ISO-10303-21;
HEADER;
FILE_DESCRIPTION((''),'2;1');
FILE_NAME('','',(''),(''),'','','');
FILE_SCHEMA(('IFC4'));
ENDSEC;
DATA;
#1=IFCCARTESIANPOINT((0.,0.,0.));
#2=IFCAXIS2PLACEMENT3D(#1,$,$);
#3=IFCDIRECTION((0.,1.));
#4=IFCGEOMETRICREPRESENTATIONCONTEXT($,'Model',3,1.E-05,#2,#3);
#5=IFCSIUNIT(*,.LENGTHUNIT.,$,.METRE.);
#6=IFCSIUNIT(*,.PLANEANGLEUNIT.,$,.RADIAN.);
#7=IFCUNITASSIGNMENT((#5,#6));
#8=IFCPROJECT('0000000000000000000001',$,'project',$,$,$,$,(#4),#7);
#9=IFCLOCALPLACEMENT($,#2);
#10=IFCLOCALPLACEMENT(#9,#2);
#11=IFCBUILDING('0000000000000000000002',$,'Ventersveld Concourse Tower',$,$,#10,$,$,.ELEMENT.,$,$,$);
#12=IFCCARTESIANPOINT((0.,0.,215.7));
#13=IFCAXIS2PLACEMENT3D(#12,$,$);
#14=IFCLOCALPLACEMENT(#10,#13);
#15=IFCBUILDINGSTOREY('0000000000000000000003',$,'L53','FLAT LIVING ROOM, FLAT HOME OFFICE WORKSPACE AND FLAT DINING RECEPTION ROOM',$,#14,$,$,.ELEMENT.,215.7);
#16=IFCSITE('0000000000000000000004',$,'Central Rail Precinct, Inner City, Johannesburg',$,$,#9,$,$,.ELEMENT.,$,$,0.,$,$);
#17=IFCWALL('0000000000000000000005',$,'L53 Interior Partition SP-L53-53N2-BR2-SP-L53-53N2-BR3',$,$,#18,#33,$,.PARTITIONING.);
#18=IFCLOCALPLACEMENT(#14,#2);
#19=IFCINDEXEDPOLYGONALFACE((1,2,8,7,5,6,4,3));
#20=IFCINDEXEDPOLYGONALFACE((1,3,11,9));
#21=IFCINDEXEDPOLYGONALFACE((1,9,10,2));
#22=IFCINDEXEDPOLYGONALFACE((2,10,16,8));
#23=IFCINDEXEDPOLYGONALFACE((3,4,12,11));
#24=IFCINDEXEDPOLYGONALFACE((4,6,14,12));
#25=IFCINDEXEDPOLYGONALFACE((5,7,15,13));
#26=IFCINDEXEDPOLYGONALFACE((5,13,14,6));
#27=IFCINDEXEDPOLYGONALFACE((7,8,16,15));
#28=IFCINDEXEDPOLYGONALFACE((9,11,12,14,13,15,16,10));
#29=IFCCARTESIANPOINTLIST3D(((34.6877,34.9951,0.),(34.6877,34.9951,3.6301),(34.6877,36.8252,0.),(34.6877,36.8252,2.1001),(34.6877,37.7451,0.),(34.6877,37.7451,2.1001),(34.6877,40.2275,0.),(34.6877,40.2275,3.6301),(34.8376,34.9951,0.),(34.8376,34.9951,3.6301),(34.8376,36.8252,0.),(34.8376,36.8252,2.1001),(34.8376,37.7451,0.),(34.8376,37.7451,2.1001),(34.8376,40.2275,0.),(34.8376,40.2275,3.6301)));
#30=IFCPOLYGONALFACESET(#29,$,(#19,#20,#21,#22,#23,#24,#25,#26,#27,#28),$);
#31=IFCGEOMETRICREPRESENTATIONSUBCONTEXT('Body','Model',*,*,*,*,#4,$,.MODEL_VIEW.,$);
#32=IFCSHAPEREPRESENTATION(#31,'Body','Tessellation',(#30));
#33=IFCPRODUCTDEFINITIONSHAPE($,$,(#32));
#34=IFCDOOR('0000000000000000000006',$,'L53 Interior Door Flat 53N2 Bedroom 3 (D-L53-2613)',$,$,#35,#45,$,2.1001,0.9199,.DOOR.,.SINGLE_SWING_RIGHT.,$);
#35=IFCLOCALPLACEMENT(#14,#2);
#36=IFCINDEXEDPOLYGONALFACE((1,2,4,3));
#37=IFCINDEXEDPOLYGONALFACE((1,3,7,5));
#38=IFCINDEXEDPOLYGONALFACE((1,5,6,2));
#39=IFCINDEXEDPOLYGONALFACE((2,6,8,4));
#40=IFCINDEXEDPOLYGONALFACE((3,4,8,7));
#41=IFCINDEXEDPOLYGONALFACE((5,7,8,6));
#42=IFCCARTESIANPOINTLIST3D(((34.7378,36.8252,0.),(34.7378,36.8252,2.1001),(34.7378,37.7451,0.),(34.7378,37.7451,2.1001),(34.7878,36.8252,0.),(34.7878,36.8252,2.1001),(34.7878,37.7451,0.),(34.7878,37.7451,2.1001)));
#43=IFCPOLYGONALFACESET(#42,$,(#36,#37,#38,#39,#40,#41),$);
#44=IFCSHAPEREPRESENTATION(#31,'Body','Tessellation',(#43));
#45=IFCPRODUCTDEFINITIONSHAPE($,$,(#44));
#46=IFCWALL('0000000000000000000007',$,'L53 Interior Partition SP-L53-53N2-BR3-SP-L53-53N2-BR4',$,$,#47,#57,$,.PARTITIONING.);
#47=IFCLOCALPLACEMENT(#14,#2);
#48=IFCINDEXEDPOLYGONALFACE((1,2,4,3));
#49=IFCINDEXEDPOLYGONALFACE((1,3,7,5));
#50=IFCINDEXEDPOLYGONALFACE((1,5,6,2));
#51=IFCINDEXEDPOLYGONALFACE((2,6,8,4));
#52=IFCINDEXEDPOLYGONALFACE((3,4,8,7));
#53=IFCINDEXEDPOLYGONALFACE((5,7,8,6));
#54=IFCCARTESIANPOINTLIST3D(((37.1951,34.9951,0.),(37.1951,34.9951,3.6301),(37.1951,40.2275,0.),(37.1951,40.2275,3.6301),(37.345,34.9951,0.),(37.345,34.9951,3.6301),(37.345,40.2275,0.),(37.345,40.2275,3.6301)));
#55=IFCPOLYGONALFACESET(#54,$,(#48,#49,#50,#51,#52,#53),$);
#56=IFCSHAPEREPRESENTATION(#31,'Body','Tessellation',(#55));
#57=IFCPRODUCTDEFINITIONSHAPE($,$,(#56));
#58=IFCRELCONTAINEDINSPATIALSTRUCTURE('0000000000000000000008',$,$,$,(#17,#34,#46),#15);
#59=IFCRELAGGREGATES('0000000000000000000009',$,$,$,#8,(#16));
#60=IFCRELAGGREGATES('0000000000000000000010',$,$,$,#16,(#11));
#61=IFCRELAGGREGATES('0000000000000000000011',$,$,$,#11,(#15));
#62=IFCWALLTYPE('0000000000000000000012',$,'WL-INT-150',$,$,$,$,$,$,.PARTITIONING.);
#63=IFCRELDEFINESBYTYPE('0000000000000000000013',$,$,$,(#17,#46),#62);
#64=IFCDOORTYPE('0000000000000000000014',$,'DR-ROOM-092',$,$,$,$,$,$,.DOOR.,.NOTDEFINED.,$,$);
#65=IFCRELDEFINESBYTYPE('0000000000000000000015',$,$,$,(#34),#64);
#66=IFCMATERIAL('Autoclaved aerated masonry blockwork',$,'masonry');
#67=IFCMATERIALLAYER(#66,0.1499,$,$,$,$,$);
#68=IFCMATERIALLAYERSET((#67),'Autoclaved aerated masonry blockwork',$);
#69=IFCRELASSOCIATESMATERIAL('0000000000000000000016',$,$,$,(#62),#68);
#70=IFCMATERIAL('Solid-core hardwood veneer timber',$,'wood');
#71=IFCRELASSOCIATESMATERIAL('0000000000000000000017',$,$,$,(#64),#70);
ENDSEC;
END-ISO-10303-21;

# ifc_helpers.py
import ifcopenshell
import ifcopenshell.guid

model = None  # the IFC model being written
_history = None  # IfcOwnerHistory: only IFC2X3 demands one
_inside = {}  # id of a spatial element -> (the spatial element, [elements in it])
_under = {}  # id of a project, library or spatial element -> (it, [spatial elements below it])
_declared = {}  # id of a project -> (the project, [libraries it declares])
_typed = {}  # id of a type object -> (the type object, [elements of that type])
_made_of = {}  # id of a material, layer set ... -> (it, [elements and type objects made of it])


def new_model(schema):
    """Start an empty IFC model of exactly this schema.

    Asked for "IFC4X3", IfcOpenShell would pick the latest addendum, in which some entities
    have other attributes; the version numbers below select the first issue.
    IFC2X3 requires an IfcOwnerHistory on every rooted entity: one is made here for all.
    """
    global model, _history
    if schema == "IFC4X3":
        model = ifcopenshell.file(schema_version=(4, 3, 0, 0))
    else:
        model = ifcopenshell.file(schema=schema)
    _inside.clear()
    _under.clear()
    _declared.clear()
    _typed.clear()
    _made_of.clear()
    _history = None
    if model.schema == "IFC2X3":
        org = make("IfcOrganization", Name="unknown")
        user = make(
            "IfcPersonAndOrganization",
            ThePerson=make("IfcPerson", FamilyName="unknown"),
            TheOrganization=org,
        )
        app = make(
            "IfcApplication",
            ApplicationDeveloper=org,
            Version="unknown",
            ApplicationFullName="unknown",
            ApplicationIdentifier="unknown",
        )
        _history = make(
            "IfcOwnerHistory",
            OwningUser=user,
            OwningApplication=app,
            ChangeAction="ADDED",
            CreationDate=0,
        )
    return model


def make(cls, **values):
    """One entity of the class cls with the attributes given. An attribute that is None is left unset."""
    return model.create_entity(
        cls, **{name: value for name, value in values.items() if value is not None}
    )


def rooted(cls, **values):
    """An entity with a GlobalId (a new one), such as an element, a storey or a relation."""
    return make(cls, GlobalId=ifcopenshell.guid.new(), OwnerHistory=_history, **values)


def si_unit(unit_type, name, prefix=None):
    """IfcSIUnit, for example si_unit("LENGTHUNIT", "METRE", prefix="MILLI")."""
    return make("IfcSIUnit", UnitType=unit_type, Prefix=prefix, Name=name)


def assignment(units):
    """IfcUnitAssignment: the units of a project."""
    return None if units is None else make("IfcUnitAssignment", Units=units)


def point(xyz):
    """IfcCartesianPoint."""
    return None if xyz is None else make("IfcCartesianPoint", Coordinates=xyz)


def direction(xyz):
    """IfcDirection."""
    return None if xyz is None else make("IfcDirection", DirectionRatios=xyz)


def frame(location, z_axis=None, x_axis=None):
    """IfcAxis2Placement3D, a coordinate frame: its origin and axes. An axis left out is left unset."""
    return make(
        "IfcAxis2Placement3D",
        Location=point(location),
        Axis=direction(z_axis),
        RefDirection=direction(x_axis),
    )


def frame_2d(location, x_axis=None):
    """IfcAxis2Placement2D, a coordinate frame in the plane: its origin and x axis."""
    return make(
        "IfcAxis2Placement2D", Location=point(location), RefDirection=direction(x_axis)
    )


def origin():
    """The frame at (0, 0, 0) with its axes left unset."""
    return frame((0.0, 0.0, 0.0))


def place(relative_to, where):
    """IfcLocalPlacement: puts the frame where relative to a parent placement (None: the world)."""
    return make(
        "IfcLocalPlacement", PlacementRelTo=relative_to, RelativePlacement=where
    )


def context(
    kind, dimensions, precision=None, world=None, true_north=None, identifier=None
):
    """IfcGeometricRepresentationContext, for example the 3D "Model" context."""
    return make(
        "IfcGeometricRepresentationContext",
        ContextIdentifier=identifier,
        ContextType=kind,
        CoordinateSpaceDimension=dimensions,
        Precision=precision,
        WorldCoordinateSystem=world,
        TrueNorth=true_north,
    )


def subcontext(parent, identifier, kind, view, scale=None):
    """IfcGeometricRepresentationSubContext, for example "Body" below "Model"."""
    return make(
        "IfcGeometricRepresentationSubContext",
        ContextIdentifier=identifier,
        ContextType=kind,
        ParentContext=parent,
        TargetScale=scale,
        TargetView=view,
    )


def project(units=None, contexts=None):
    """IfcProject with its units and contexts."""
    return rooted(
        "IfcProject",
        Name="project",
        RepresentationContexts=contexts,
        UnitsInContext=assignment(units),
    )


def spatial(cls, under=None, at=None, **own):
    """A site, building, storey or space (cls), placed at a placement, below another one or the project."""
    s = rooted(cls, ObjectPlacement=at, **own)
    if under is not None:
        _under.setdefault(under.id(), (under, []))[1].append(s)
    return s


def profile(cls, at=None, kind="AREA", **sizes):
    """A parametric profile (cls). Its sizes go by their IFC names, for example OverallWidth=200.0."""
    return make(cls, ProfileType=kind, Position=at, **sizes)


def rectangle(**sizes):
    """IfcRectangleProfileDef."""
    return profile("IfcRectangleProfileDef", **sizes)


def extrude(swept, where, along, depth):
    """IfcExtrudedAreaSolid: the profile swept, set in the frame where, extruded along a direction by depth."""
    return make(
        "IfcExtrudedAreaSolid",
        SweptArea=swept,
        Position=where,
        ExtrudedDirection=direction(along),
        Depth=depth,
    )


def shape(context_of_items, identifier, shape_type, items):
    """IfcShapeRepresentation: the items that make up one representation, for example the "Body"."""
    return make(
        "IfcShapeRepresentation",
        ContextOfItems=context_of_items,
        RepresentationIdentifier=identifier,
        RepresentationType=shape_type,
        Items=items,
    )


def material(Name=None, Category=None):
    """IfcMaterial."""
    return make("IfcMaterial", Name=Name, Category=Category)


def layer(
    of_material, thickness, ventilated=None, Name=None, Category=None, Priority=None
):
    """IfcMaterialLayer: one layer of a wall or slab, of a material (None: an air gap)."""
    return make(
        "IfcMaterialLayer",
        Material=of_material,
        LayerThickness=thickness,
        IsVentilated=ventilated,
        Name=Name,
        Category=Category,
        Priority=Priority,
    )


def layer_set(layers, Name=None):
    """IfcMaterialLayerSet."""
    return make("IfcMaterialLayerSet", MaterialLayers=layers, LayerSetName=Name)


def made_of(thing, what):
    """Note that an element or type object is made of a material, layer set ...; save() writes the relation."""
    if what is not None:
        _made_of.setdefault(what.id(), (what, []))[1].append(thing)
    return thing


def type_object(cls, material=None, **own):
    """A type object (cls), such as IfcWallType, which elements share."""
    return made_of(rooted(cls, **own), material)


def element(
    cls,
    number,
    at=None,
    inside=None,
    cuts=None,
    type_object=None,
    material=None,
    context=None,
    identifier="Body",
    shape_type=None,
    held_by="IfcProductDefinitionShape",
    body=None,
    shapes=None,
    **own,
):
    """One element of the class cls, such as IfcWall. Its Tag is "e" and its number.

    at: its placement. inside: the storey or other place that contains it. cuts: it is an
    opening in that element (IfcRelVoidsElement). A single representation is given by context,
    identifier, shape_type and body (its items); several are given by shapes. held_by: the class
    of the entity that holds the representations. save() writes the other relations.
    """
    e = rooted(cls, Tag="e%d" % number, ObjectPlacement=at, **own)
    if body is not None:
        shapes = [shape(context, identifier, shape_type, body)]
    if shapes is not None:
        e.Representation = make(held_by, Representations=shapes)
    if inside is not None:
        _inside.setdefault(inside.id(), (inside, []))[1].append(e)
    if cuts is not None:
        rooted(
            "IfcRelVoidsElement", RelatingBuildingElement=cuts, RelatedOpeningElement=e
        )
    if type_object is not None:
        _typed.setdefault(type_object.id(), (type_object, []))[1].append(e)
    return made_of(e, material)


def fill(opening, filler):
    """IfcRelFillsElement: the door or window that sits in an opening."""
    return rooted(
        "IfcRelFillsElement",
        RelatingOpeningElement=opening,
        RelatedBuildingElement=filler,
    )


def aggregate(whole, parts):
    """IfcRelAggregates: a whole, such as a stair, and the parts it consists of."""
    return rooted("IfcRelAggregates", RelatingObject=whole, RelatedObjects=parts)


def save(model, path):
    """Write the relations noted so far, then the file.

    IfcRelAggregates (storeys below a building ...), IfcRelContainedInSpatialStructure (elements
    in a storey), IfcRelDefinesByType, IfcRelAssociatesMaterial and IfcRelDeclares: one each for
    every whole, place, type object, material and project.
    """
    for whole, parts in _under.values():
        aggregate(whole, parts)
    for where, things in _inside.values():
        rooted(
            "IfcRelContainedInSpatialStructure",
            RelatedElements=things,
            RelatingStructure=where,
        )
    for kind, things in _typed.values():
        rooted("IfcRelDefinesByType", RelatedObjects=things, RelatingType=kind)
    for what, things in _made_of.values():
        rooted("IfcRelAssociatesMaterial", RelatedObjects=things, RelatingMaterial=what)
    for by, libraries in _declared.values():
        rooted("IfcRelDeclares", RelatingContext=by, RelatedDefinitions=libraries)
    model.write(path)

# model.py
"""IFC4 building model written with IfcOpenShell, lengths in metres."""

from ifc_helpers import new_model, si_unit, direction, frame, frame_2d, origin, place, context, subcontext, project, spatial, rectangle, extrude, material, layer, layer_set, type_object, element, fill, save


model = new_model("IFC4")

# Units and contexts
model_context = context("Model", 3, precision=1e-05, world=origin(), true_north=direction((0.0, 1.0)))
body_context = subcontext(model_context, "Body", "Model", "MODEL_VIEW")
ifc_project = project(units=[si_unit("LENGTHUNIT", "METRE"), si_unit("PLANEANGLEUNIT", "RADIAN")], contexts=[model_context])

# Site, building, storey
site_placement = place(None, origin())
site = spatial("IfcSite", under=ifc_project, at=site_placement, Name="Central Rail Precinct, Inner City, Johannesburg", CompositionType="ELEMENT", RefElevation=0.0)
building_placement = place(site_placement, origin())
building = spatial("IfcBuilding", under=site, at=building_placement, Name="Ventersveld Concourse Tower", CompositionType="ELEMENT")
storey_placement = place(building_placement, frame((0.0, 0.0, 215.7)))
storey = spatial("IfcBuildingStorey", under=building, at=storey_placement, Name="L53", Description="FLAT LIVING ROOM, FLAT HOME OFFICE WORKSPACE AND FLAT DINING RECEPTION ROOM", CompositionType="ELEMENT", Elevation=215.7)

# Shared definitions
ifc_material_1 = material(Name="Autoclaved aerated masonry blockwork", Category="masonry")
ifc_layer_1 = layer(ifc_material_1, 0.1499)
ifc_layer_set_1 = layer_set([ifc_layer_1], Name="Autoclaved aerated masonry blockwork")
wall_type_1 = type_object("IfcWallType", Name="WL-INT-150", PredefinedType="PARTITIONING", material=ifc_layer_set_1)

# Shared definitions
ifc_material_2 = material(Name="Solid-core hardwood veneer timber", Category="wood")
door_type = type_object("IfcDoorType", Name="DR-ROOM-092", OperationType="NOTDEFINED", PredefinedType="DOOR", material=ifc_material_2)

# Wall, opening, door
wall_1_placement = place(storey_placement, frame((34.7627, 34.9951, 0.0), z_axis=(0.0, 0.0, 1.0), x_axis=(0.0, 1.0, 0.0)))
wall_1 = element("IfcWall", 1, at=wall_1_placement, inside=storey, type_object=wall_type_1, Name="L53 Interior Partition SP-L53-53N2-BR2-SP-L53-53N2-BR3", PredefinedType="PARTITIONING", context=body_context, shape_type="SweptSolid", body=[
    extrude(rectangle(XDim=5.2324, YDim=0.1499, at=frame_2d((2.6162, 0.0))), origin(), (0.0, 0.0, 1.0), 3.6301),
])
opening_1_placement = place(wall_1_placement, frame((1.8301, 0.0, 0.0)))
opening_1 = element("IfcOpeningElement", 2, at=opening_1_placement, cuts=wall_1, PredefinedType="OPENING", context=body_context, shape_type="SweptSolid", body=[
    extrude(rectangle(XDim=0.9199, YDim=2.1001, at=frame_2d((0.46, 1.05))), frame((0.0, 0.085, 0.0), z_axis=(0.0, -1.0, 0.0), x_axis=(1.0, 0.0, 0.0)), (0.0, 0.0, 1.0), 0.1699),
])
door_1_placement = place(opening_1_placement, origin())
door_1 = element("IfcDoor", 3, at=door_1_placement, inside=storey, type_object=door_type, Name="L53 Interior Door Flat 53N2 Bedroom 3 (D-L53-2613)", OperationType="SINGLE_SWING_RIGHT", OverallHeight=2.1001, OverallWidth=0.9199, PredefinedType="DOOR", context=body_context, shape_type="SweptSolid", body=[
    extrude(rectangle(XDim=0.9199, YDim=2.1001, at=frame_2d((0.46, 1.05))), frame((0.0, 0.0249, 0.0), z_axis=(0.0, -1.0, 0.0), x_axis=(1.0, 0.0, 0.0)), (0.0, 0.0, 1.0), 0.05),
])
fill(opening_1, door_1)

# Wall
wall_2_placement = place(storey_placement, frame((37.27, 34.9951, 0.0), z_axis=(0.0, 0.0, 1.0), x_axis=(0.0, 1.0, 0.0)))
element("IfcWall", 4, at=wall_2_placement, inside=storey, type_object=wall_type_1, Name="L53 Interior Partition SP-L53-53N2-BR3-SP-L53-53N2-BR4", PredefinedType="PARTITIONING", context=body_context, shape_type="SweptSolid", body=[
    extrude(rectangle(XDim=5.2324, YDim=0.1499, at=frame_2d((2.6162, 0.0))), origin(), (0.0, 0.0, 1.0), 3.6301),
])

save(model, "model.ifc")
